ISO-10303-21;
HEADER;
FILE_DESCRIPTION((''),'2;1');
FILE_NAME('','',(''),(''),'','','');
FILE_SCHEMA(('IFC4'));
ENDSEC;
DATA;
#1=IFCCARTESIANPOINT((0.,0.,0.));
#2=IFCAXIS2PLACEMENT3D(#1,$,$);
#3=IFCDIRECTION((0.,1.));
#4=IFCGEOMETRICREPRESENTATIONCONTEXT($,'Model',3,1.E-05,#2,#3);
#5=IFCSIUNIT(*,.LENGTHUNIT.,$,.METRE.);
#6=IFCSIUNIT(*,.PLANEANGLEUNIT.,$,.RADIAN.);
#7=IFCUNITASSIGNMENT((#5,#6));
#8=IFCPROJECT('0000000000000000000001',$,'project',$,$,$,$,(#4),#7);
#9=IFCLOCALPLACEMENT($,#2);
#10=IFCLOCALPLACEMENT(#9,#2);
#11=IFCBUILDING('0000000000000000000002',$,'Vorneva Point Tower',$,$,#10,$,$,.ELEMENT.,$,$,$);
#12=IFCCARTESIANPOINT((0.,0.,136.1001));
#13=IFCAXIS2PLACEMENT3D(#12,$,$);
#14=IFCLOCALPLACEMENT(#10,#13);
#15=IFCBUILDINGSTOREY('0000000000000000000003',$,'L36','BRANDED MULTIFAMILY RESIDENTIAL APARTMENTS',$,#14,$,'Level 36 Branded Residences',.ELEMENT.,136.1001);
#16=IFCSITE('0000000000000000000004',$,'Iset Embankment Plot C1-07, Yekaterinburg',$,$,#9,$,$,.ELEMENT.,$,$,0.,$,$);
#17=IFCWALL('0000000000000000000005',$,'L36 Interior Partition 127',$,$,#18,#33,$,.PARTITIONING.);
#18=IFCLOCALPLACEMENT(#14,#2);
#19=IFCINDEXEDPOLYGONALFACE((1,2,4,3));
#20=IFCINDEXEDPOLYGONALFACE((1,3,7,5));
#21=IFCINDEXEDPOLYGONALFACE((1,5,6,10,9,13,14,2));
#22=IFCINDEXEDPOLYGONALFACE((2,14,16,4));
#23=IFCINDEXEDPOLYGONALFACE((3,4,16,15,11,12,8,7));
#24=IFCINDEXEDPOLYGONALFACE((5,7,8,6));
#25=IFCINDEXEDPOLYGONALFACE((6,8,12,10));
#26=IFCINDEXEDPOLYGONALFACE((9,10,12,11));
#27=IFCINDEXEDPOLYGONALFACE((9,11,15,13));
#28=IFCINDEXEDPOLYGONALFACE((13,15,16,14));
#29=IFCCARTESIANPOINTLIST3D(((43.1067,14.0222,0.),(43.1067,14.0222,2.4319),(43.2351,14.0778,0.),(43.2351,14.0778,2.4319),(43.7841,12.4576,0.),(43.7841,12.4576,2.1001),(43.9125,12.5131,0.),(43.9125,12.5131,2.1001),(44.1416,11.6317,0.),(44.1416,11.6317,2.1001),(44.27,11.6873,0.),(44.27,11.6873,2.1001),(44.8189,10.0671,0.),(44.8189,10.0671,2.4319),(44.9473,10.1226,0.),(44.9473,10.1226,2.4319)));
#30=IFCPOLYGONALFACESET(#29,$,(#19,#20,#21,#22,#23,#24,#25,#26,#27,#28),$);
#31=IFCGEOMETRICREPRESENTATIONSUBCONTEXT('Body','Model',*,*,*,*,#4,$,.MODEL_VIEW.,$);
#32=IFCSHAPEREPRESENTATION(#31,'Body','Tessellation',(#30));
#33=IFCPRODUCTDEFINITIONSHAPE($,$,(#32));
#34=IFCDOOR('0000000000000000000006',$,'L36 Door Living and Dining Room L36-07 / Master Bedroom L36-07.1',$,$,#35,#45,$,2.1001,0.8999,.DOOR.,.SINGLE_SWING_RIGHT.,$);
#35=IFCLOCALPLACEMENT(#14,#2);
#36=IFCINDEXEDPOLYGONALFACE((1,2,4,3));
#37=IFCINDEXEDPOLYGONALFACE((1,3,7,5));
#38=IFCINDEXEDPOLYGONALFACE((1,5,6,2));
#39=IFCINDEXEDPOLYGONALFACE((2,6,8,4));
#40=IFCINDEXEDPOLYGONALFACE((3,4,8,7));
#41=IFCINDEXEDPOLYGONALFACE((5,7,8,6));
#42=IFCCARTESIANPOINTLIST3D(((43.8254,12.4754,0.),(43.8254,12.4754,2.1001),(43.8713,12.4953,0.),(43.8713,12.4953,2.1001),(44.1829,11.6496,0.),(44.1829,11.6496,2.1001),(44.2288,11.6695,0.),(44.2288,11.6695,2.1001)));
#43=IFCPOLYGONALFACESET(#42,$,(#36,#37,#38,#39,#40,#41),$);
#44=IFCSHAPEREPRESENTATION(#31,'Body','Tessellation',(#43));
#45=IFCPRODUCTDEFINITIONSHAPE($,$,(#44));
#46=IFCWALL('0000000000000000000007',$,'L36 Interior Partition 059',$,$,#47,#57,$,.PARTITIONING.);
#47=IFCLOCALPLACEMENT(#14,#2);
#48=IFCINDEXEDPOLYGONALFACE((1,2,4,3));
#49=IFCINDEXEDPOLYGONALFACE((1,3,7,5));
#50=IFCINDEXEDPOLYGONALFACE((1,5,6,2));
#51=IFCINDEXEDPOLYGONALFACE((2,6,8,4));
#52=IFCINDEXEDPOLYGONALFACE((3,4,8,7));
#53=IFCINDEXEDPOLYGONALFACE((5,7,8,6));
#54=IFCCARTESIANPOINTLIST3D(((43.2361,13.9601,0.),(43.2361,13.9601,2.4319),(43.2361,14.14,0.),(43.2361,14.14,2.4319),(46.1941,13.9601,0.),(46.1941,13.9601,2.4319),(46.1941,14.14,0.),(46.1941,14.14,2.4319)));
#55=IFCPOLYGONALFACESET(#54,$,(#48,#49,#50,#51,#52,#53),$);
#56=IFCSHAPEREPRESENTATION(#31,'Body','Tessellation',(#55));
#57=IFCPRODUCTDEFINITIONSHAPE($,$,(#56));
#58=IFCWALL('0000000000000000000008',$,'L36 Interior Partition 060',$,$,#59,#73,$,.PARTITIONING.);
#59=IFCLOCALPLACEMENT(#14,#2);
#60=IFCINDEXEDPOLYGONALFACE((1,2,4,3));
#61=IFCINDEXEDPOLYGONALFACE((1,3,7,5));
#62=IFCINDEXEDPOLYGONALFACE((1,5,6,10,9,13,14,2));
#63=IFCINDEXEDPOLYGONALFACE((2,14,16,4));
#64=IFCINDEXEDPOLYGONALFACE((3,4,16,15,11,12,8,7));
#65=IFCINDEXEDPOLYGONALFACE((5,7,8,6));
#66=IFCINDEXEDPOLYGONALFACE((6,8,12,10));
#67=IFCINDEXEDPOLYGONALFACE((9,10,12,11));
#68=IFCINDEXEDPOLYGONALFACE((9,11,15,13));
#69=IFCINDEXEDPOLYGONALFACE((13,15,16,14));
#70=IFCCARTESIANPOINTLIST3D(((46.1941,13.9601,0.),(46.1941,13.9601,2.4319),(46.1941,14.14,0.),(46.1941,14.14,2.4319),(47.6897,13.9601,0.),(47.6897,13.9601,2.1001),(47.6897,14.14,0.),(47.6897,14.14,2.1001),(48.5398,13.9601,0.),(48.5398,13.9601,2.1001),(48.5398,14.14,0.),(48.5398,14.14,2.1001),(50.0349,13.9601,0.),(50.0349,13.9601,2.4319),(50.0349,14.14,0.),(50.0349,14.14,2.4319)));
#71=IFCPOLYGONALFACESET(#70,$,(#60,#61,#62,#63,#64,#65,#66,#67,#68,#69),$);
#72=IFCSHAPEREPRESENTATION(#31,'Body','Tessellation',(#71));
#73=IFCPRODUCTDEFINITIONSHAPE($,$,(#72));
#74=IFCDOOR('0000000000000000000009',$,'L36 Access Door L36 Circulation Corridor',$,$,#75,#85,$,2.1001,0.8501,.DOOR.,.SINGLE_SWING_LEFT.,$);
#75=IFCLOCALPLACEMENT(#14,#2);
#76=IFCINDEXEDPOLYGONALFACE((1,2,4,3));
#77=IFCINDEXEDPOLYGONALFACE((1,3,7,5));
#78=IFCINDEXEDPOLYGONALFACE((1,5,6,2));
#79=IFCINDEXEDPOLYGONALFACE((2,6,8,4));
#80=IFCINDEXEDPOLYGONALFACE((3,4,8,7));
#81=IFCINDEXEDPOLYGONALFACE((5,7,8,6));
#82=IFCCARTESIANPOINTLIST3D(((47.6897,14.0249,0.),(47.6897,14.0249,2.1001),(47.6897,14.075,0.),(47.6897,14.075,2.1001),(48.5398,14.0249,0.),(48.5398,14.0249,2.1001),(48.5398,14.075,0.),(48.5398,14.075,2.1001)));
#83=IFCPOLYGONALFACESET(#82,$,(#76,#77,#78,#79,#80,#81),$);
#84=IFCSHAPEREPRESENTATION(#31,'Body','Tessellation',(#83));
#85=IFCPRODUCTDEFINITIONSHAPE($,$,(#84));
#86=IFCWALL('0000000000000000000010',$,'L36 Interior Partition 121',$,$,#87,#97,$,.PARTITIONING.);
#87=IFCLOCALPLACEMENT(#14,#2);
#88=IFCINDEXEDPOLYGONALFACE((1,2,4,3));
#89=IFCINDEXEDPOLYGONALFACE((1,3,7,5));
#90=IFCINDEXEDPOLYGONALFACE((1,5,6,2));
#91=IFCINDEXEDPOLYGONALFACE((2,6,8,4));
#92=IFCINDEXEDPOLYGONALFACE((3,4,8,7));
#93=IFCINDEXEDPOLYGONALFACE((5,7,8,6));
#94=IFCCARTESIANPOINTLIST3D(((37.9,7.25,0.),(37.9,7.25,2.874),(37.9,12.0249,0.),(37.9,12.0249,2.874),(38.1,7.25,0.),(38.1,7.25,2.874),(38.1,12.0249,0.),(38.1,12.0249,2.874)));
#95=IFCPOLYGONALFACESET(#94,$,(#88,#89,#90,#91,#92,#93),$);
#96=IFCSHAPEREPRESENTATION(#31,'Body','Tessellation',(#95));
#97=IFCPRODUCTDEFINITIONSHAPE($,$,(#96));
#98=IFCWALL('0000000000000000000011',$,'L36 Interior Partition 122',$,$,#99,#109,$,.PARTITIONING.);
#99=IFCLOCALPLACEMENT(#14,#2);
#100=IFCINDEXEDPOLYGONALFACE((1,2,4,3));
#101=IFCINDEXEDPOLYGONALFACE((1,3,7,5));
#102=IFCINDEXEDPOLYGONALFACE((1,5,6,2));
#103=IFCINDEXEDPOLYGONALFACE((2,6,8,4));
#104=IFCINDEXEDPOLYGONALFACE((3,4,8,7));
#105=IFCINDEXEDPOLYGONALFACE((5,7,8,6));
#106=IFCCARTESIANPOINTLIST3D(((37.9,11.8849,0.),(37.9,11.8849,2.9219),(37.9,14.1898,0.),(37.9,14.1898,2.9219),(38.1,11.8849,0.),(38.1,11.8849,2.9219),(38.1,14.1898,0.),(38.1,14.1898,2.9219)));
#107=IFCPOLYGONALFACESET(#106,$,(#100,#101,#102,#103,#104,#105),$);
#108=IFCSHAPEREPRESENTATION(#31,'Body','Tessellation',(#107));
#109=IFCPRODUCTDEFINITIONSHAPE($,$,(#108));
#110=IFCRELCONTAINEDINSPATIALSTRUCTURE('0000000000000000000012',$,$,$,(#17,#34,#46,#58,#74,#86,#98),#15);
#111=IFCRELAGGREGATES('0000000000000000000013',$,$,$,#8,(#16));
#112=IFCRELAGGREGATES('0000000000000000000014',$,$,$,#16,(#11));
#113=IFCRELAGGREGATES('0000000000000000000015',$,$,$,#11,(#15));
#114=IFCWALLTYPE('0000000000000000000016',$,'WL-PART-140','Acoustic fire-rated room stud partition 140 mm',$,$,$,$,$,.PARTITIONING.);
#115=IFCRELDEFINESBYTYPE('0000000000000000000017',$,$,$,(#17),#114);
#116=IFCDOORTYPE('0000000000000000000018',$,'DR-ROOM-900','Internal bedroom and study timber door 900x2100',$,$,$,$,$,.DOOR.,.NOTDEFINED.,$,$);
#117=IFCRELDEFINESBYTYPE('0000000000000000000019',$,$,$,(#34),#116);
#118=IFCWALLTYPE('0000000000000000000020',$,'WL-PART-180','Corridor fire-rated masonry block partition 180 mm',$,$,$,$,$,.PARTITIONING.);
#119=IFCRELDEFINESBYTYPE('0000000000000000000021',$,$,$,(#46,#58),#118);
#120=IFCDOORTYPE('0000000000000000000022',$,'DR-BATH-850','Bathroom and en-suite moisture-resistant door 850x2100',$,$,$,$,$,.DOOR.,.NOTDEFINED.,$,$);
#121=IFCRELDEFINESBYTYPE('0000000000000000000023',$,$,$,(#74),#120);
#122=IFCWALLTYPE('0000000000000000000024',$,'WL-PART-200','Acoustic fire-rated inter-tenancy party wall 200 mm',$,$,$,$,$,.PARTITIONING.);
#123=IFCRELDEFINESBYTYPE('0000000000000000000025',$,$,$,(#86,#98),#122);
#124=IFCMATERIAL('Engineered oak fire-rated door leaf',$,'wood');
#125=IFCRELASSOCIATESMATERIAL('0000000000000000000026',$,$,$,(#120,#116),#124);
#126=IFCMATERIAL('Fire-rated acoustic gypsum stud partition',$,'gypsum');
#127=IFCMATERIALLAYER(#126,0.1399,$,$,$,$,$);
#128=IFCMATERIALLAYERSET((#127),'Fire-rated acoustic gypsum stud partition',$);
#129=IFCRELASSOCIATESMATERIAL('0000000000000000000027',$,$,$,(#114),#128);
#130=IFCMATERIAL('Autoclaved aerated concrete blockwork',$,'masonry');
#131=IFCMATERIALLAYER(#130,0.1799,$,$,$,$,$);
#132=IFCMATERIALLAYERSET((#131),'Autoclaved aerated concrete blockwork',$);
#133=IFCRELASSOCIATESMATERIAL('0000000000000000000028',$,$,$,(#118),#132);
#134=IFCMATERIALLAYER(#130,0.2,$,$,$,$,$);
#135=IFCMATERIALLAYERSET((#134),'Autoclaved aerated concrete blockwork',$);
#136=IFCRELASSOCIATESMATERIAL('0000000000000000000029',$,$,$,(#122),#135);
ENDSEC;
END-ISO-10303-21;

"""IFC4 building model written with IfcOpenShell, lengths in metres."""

from ifc_helpers import new_model, si_unit, direction, frame, frame_2d, origin, place, context, subcontext, project, spatial, rectangle, extrude, material, layer, layer_set, type_object, element, fill, save


model = new_model("IFC4")

# Units and contexts
model_context = context("Model", 3, precision=1e-05, world=origin(), true_north=direction((0.0, 1.0)))
body_context = subcontext(model_context, "Body", "Model", "MODEL_VIEW")
ifc_project = project(units=[si_unit("LENGTHUNIT", "METRE"), si_unit("PLANEANGLEUNIT", "RADIAN")], contexts=[model_context])

# Site, building, storey
site_placement = place(None, origin())
site = spatial("IfcSite", under=ifc_project, at=site_placement, Name="Iset Embankment Plot C1-07, Yekaterinburg", CompositionType="ELEMENT", RefElevation=0.0)
building_placement = place(site_placement, origin())
building = spatial("IfcBuilding", under=site, at=building_placement, Name="Vorneva Point Tower", CompositionType="ELEMENT")
storey_placement = place(building_placement, frame((0.0, 0.0, 136.1001)))
storey = spatial("IfcBuildingStorey", under=building, at=storey_placement, Name="L36", Description="BRANDED MULTIFAMILY RESIDENTIAL APARTMENTS", LongName="Level 36 Branded Residences", CompositionType="ELEMENT", Elevation=136.1001)

# Shared definitions
ifc_material_1 = material(Name="Fire-rated acoustic gypsum stud partition", Category="gypsum")
ifc_material_2 = material(Name="Engineered oak fire-rated door leaf", Category="wood")
door_type_1 = type_object("IfcDoorType", Name="DR-BATH-850", Description="Bathroom and en-suite moisture-resistant door 850x2100", OperationType="NOTDEFINED", PredefinedType="DOOR", material=ifc_material_2)
door_type_2 = type_object("IfcDoorType", Name="DR-ROOM-900", Description="Internal bedroom and study timber door 900x2100", OperationType="NOTDEFINED", PredefinedType="DOOR", material=ifc_material_2)

# Wall, opening, door
ifc_layer_1 = layer(ifc_material_1, 0.1399)
ifc_layer_set_1 = layer_set([ifc_layer_1], Name="Fire-rated acoustic gypsum stud partition")
wall_type_1 = type_object("IfcWallType", Name="WL-PART-140", Description="Acoustic fire-rated room stud partition 140 mm", PredefinedType="PARTITIONING", material=ifc_layer_set_1)
wall_1_placement = place(storey_placement, frame((44.8831, 10.095, 0.0), z_axis=(0.0, 0.0, 1.0), x_axis=(-0.397274, 0.9177, 0.0)))
wall_1 = element("IfcWall", 1, at=wall_1_placement, inside=storey, type_object=wall_type_1, Name="L36 Interior Partition 127", PredefinedType="PARTITIONING", context=body_context, shape_type="SweptSolid", body=[
    extrude(rectangle(XDim=4.3098, YDim=0.1399, at=frame_2d((2.1548, 0.0))), origin(), (0.0, 0.0, 1.0), 2.4319),
])
opening_1_placement = place(wall_1_placement, frame((1.7048, 0.0, 0.0)))
opening_1 = element("IfcOpeningElement", 2, at=opening_1_placement, cuts=wall_1, PredefinedType="OPENING", context=body_context, shape_type="SweptSolid", body=[
    extrude(rectangle(XDim=0.8999, YDim=2.1001, at=frame_2d((0.45, 1.05))), frame((0.0, 0.085, 0.0), z_axis=(0.0, -1.0, 0.0), x_axis=(1.0, 0.0, 0.0)), (0.0, 0.0, 1.0), 0.1697),
])
door_1_placement = place(opening_1_placement, origin())
door_1 = element("IfcDoor", 3, at=door_1_placement, inside=storey, type_object=door_type_2, Name="L36 Door Living and Dining Room L36-07 / Master Bedroom L36-07.1", OperationType="SINGLE_SWING_RIGHT", OverallHeight=2.1001, OverallWidth=0.8999, PredefinedType="DOOR", context=body_context, shape_type="SweptSolid", body=[
    extrude(rectangle(XDim=0.8999, YDim=2.1001, at=frame_2d((0.45, 1.05))), frame((0.0, 0.0249, 0.0), z_axis=(0.0, -1.0, 0.0), x_axis=(1.0, 0.0, 0.0)), (0.0, 0.0, 1.0), 0.05),
])
fill(opening_1, door_1)
ifc_material_3 = material(Name="Autoclaved aerated concrete blockwork", Category="masonry")
ifc_layer_2 = layer(ifc_material_3, 0.1799)
ifc_layer_set_2 = layer_set([ifc_layer_2], Name="Autoclaved aerated concrete blockwork")
wall_type_2 = type_object("IfcWallType", Name="WL-PART-180", Description="Corridor fire-rated masonry block partition 180 mm", PredefinedType="PARTITIONING", material=ifc_layer_set_2)

# Wall
wall_2_placement = place(storey_placement, frame((43.2361, 14.05, 0.0), z_axis=(0.0, 0.0, 1.0), x_axis=(1.0, 0.0, 0.0)))
element("IfcWall", 4, at=wall_2_placement, inside=storey, type_object=wall_type_2, Name="L36 Interior Partition 059", PredefinedType="PARTITIONING", context=body_context, shape_type="SweptSolid", body=[
    extrude(rectangle(XDim=2.958, YDim=0.1799, at=frame_2d((1.479, 0.0))), origin(), (0.0, 0.0, 1.0), 2.4319),
])

# Wall, opening, door
wall_3_placement = place(storey_placement, frame((46.1941, 14.05, 0.0), z_axis=(0.0, 0.0, 1.0), x_axis=(1.0, 0.0, 0.0)))
wall_3 = element("IfcWall", 5, at=wall_3_placement, inside=storey, type_object=wall_type_2, Name="L36 Interior Partition 060", PredefinedType="PARTITIONING", context=body_context, shape_type="SweptSolid", body=[
    extrude(rectangle(XDim=3.8408, YDim=0.1799, at=frame_2d((1.9204, 0.0))), origin(), (0.0, 0.0, 1.0), 2.4319),
])
opening_2_placement = place(wall_3_placement, frame((1.4956, 0.0, 0.0)))
opening_2 = element("IfcOpeningElement", 6, at=opening_2_placement, cuts=wall_3, PredefinedType="OPENING", context=body_context, shape_type="SweptSolid", body=[
    extrude(rectangle(XDim=0.8501, YDim=2.1001, at=frame_2d((0.425, 1.05))), frame((0.0, 0.105, 0.0), z_axis=(0.0, -1.0, 0.0), x_axis=(1.0, 0.0, 0.0)), (0.0, 0.0, 1.0), 0.2097),
])
door_2_placement = place(opening_2_placement, origin())
door_2 = element("IfcDoor", 7, at=door_2_placement, inside=storey, type_object=door_type_1, Name="L36 Access Door L36 Circulation Corridor", OperationType="SINGLE_SWING_LEFT", OverallHeight=2.1001, OverallWidth=0.8501, PredefinedType="DOOR", context=body_context, shape_type="SweptSolid", body=[
    extrude(rectangle(XDim=0.8501, YDim=2.1001, at=frame_2d((0.425, 1.05))), frame((0.0, 0.0249, 0.0), z_axis=(0.0, -1.0, 0.0), x_axis=(1.0, 0.0, 0.0)), (0.0, 0.0, 1.0), 0.05),
])
fill(opening_2, door_2)

# Walls
ifc_layer_3 = layer(ifc_material_3, 0.2)
ifc_layer_set_3 = layer_set([ifc_layer_3], Name="Autoclaved aerated concrete blockwork")
wall_type_3 = type_object("IfcWallType", Name="WL-PART-200", Description="Acoustic fire-rated inter-tenancy party wall 200 mm", PredefinedType="PARTITIONING", material=ifc_layer_set_3)
wall_4_placement = place(storey_placement, frame((38.0, 7.25, 0.0), z_axis=(0.0, 0.0, 1.0), x_axis=(0.0, 1.0, 0.0)))
element("IfcWall", 8, at=wall_4_placement, inside=storey, type_object=wall_type_3, Name="L36 Interior Partition 121", PredefinedType="PARTITIONING", context=body_context, shape_type="SweptSolid", body=[
    extrude(rectangle(XDim=4.7749, YDim=0.2, at=frame_2d((2.3875, 0.0))), origin(), (0.0, 0.0, 1.0), 2.874),
])
wall_5_placement = place(storey_placement, frame((38.0, 11.885, 0.0), z_axis=(0.0, 0.0, 1.0), x_axis=(0.0, 1.0, 0.0)))
element("IfcWall", 9, at=wall_5_placement, inside=storey, type_object=wall_type_3, Name="L36 Interior Partition 122", PredefinedType="PARTITIONING", context=body_context, shape_type="SweptSolid", body=[
    extrude(rectangle(XDim=2.3049, YDim=0.2, at=frame_2d((1.1523, 0.0))), origin(), (0.0, 0.0, 1.0), 2.9219),
])

save(model, "model.ifc")
